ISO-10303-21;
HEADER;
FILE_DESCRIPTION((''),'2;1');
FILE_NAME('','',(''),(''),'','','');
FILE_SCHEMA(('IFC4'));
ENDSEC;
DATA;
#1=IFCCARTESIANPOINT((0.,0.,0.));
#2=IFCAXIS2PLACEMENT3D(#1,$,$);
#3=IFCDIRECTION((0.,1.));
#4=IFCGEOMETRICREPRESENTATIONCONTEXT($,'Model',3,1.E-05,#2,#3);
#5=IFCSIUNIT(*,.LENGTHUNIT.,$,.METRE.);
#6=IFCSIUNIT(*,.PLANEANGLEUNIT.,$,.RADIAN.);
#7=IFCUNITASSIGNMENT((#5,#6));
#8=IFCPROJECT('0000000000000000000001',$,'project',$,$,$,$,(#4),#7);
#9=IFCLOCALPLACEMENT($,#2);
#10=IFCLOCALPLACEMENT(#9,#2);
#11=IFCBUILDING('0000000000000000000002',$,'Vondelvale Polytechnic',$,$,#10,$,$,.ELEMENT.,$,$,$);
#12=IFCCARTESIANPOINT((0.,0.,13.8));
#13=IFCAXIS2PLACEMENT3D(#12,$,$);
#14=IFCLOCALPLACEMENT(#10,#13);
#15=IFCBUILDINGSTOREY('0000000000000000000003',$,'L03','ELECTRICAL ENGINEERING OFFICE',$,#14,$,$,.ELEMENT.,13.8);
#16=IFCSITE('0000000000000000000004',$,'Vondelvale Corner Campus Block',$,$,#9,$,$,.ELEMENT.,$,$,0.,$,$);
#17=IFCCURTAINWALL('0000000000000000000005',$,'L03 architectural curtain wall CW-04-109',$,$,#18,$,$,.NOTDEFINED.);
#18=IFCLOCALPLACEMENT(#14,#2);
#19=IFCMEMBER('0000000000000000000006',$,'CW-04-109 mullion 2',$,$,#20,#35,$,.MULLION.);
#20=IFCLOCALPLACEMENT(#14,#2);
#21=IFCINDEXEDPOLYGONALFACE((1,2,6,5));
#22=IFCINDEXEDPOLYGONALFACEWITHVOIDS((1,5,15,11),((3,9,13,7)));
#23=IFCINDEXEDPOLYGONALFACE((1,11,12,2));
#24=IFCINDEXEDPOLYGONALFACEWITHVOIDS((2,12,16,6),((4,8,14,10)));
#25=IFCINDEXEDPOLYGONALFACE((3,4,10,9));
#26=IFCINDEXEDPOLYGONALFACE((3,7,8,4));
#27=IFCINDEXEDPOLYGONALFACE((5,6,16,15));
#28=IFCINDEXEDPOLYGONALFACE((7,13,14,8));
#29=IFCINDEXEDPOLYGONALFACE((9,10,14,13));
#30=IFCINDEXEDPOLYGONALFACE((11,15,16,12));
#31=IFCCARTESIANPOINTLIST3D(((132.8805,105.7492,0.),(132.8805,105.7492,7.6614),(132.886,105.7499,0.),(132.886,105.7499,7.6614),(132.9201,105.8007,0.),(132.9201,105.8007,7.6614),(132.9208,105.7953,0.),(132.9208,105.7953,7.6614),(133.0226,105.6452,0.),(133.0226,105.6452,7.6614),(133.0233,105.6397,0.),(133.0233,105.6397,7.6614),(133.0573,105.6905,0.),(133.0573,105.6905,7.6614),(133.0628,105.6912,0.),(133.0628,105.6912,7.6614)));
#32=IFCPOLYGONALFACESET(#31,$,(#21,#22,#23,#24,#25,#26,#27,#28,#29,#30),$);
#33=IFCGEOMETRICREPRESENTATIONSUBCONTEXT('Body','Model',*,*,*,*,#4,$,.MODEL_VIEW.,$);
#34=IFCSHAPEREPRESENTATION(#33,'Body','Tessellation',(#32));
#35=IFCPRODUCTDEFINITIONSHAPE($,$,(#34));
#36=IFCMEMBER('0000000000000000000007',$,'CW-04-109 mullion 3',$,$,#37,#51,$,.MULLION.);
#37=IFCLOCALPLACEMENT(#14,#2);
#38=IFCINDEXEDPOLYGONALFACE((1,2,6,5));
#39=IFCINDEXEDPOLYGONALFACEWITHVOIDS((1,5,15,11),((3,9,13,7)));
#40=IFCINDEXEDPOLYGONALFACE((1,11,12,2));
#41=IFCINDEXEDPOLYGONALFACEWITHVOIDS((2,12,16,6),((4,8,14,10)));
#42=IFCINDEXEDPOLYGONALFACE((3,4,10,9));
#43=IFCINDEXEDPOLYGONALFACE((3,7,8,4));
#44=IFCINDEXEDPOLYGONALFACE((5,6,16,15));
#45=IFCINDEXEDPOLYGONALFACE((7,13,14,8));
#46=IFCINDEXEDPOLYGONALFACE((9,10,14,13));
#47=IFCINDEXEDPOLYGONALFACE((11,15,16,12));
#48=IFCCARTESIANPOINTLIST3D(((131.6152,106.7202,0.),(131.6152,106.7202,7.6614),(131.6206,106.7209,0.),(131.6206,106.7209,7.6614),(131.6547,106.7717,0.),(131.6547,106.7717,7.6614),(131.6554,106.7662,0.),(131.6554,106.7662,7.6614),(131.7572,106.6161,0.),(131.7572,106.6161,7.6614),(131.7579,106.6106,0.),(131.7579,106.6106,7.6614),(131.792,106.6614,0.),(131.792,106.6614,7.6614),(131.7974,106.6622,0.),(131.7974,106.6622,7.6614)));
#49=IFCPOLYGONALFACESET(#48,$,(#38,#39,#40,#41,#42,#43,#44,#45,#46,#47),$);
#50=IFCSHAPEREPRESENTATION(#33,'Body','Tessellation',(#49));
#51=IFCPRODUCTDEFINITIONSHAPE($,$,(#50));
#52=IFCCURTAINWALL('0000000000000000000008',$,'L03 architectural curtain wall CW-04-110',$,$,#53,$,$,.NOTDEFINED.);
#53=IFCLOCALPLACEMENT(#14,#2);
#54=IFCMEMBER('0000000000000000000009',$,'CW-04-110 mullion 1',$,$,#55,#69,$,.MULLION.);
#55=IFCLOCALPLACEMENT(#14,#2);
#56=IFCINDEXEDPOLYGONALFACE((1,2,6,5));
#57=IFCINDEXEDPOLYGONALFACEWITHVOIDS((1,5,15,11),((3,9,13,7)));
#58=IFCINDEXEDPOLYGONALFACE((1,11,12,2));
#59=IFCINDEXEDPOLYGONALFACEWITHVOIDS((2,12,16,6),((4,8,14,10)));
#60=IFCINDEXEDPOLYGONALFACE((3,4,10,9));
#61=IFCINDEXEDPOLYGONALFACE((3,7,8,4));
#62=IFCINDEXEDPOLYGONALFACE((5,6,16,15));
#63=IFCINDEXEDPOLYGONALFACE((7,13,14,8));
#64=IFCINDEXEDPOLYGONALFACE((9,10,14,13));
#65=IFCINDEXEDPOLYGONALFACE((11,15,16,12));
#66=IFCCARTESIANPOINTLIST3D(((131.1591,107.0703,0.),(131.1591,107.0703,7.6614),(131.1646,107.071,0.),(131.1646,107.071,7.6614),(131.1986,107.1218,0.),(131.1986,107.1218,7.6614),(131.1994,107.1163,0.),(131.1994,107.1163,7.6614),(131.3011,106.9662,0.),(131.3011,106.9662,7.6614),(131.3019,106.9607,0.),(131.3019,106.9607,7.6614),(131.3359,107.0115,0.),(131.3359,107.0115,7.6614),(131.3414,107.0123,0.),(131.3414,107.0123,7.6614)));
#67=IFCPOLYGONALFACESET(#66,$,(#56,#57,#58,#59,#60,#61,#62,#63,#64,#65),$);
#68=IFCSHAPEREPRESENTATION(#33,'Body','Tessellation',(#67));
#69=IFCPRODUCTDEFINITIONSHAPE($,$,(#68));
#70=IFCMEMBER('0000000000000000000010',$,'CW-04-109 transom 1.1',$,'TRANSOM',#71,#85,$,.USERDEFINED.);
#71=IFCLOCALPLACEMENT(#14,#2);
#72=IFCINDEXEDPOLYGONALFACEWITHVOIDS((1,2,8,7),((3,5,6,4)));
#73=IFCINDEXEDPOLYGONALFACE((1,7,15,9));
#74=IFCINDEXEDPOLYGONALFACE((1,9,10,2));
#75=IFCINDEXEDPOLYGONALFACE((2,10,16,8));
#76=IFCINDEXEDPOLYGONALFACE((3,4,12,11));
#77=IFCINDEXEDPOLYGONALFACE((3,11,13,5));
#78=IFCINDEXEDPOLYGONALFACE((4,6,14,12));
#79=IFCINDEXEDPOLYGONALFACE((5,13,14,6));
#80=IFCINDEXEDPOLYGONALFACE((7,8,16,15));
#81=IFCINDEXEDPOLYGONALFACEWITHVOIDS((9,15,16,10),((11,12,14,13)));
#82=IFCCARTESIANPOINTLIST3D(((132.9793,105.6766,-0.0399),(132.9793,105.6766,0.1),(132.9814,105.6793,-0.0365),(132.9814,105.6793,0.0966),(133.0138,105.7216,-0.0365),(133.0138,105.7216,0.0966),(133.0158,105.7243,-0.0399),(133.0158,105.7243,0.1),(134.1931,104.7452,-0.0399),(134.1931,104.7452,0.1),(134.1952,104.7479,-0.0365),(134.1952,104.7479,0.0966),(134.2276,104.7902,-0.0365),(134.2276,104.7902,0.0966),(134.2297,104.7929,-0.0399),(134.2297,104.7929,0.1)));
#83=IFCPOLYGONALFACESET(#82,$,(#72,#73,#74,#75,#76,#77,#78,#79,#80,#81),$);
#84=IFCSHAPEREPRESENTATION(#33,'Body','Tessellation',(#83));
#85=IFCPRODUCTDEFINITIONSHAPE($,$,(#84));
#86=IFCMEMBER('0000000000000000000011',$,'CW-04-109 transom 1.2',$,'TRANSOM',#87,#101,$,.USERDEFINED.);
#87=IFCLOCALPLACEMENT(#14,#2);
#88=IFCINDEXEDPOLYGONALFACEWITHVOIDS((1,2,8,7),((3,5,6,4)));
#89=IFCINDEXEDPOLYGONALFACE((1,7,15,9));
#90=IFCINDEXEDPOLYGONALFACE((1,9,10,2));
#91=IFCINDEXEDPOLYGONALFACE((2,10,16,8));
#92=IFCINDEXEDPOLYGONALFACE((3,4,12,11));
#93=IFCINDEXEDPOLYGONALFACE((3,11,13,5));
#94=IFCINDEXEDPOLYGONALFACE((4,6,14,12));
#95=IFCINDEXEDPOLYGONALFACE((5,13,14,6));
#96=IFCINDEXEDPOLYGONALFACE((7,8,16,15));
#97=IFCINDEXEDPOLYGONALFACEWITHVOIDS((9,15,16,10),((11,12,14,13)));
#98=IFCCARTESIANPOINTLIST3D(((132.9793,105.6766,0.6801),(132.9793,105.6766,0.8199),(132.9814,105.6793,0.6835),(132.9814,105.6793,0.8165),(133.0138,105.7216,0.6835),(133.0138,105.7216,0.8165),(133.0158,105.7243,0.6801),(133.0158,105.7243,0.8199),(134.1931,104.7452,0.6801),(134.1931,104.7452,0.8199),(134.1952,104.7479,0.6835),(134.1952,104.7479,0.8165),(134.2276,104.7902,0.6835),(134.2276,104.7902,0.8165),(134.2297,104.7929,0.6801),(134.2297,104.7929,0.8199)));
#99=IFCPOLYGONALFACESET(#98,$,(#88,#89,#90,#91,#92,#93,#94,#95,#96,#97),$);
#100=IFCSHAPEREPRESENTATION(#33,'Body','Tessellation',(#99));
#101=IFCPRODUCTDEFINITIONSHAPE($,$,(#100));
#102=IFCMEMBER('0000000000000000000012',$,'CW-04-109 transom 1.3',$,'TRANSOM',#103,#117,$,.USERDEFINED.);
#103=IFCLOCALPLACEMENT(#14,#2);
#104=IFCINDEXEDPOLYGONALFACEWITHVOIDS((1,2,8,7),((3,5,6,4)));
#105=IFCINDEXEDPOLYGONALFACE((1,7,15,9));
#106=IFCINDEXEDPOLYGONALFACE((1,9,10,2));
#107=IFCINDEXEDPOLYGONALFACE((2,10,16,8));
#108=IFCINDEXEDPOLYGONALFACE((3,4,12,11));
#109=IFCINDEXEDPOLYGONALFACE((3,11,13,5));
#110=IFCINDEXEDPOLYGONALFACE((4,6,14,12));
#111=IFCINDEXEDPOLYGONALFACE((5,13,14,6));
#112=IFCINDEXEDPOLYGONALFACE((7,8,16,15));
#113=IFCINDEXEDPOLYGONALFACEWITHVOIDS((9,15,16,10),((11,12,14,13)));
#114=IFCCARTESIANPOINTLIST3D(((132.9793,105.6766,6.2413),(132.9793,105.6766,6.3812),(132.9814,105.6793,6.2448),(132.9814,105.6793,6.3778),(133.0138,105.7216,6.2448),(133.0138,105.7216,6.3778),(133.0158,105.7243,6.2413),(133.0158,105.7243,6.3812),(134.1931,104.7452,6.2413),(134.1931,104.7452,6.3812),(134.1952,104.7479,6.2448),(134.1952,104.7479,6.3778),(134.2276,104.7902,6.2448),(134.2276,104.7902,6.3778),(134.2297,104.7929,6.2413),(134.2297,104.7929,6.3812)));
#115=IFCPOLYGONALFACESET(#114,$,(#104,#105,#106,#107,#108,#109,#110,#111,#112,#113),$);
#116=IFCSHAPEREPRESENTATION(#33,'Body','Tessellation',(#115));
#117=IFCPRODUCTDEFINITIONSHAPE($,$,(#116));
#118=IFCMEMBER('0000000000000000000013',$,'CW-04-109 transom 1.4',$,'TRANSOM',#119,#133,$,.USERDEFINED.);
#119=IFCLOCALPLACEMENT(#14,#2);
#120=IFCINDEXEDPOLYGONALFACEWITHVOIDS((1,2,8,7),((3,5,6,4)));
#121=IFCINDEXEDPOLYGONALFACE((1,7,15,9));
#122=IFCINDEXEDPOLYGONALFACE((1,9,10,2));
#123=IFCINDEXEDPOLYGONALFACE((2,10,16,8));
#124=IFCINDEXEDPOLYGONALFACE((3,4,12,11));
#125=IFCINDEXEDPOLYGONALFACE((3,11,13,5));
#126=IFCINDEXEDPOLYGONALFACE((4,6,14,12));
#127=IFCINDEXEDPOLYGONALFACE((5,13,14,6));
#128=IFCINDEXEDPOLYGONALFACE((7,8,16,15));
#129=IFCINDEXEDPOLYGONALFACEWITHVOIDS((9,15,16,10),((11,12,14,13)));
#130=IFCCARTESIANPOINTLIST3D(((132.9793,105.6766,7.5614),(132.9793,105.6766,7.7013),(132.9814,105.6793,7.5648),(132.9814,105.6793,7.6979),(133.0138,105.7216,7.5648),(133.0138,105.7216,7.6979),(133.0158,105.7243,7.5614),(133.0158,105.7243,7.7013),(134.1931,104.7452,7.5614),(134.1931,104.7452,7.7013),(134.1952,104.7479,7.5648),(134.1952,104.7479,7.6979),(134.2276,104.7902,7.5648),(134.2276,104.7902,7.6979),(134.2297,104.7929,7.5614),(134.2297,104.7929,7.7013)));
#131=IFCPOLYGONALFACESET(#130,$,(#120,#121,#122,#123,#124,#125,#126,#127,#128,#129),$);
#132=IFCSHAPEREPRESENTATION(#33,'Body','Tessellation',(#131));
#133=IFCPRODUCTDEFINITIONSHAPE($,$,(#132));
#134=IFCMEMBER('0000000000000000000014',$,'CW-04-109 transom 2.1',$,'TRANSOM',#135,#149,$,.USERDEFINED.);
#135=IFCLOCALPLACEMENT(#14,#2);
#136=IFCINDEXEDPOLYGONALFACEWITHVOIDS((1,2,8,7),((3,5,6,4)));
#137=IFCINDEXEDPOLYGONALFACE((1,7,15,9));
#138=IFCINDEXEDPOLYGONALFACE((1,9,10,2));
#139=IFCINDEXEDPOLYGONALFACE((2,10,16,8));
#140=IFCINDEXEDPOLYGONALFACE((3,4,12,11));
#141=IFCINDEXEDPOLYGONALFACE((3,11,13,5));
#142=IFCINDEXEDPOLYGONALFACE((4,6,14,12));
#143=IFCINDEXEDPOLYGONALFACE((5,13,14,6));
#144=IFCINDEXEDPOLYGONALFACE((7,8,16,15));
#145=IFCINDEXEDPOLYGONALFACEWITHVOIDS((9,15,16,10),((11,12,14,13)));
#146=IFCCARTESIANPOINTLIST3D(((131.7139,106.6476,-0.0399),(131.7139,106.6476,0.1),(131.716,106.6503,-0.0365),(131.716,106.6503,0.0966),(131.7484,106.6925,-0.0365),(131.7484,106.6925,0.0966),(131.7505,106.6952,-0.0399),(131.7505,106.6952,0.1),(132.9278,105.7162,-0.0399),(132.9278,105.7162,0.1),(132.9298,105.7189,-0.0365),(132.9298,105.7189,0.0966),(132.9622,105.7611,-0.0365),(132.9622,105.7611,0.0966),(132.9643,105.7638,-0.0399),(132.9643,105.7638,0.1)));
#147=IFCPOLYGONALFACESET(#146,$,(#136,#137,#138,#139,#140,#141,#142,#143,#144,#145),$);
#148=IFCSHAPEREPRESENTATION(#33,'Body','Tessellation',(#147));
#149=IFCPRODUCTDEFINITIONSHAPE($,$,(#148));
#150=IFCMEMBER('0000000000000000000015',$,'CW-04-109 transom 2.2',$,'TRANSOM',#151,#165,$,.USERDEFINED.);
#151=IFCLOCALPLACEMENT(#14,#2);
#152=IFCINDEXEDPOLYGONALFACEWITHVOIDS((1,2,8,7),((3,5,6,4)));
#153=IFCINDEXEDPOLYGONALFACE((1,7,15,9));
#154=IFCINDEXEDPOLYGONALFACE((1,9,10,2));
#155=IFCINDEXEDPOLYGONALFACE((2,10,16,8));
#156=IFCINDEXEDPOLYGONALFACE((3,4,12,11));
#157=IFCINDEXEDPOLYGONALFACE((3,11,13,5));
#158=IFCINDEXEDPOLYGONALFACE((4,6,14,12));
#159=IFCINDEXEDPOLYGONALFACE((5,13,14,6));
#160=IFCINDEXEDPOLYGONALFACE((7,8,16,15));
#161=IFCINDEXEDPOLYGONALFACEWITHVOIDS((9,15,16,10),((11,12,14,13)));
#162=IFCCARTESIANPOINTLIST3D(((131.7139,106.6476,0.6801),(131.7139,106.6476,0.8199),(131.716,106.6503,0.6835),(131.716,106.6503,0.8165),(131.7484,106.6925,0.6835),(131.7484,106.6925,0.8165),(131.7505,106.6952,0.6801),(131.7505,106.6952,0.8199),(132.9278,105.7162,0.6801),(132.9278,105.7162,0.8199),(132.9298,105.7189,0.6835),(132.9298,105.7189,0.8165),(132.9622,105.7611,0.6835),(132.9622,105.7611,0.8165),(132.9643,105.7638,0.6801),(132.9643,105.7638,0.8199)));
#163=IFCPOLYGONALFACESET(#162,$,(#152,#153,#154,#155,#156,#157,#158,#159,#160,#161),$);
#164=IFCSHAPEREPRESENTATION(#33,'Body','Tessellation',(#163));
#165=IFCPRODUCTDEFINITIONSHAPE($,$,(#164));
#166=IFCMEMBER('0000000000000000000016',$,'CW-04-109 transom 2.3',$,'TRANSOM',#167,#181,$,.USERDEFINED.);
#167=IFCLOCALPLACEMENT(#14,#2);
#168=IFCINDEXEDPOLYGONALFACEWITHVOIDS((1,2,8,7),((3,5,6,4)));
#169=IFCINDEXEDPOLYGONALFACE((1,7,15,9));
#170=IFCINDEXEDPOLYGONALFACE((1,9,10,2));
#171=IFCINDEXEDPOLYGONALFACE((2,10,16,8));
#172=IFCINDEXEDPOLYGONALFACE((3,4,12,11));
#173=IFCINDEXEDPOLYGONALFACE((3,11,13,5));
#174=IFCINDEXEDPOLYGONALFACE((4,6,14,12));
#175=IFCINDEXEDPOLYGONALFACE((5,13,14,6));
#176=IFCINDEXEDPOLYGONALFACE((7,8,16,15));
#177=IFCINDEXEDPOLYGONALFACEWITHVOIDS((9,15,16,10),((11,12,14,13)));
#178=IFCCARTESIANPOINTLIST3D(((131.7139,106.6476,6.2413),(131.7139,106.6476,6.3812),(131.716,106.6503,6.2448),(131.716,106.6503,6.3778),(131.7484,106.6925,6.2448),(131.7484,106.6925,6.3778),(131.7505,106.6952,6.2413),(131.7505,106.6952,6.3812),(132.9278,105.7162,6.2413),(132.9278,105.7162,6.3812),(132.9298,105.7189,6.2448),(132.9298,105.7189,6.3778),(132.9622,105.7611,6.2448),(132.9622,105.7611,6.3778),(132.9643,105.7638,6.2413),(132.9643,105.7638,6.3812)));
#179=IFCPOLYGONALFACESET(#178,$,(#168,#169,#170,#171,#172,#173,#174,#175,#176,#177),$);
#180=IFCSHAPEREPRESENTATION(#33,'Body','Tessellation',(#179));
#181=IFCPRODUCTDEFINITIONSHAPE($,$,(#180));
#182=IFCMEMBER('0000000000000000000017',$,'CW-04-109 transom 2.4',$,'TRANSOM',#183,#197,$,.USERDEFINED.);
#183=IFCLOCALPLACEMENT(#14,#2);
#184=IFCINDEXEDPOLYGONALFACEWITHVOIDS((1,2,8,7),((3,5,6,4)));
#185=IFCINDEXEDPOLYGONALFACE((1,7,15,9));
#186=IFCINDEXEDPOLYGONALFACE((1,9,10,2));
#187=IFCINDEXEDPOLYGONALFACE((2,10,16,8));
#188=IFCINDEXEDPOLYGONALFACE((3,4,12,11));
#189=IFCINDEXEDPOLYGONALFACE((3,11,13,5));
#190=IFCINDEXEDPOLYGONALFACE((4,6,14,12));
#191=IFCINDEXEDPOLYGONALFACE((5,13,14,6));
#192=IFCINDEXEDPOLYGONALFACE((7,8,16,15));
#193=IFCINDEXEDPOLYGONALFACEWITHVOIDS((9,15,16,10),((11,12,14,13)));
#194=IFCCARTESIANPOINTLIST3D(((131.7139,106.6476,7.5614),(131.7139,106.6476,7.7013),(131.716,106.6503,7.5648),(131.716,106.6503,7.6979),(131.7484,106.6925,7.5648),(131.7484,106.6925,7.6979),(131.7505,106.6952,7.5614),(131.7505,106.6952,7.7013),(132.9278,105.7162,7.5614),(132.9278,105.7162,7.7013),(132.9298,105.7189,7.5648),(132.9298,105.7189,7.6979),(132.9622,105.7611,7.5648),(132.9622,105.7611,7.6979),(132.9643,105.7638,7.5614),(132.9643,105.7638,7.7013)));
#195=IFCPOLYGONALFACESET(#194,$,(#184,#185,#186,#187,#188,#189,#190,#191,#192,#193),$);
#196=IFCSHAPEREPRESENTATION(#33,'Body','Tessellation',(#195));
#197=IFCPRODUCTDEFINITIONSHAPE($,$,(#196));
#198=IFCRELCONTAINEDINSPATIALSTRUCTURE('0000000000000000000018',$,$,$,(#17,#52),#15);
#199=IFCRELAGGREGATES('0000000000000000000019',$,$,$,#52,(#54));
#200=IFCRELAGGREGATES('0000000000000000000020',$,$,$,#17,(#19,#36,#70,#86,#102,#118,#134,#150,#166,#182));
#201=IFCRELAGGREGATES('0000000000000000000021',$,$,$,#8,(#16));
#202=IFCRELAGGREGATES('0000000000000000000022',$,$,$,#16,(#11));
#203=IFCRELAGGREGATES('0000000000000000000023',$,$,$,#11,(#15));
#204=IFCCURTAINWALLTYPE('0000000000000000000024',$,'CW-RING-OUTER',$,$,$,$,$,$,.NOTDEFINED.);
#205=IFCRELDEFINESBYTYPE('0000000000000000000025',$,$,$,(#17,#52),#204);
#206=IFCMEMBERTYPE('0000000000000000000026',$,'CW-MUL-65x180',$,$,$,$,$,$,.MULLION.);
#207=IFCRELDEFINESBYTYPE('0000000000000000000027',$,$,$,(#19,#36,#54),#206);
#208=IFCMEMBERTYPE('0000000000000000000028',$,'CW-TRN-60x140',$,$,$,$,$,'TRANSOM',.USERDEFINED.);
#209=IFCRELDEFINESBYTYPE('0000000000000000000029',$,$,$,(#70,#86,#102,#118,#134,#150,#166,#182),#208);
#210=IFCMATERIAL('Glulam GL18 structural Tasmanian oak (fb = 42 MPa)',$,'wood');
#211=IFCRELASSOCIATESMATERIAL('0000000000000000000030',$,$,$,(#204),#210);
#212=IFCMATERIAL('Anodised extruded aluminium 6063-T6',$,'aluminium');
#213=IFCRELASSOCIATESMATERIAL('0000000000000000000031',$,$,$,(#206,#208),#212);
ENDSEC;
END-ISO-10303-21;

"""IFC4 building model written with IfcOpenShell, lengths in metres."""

from ifc_helpers import new_model, si_unit, direction, frame, origin, origin_2d, place, context, subcontext, project, spatial, hollow_rectangle, extrude, material, material_profile, profile_set, type_object, element, aggregate, save


model = new_model("IFC4")

# Units and contexts
model_context = context("Model", 3, precision=1e-05, world=origin(), true_north=direction((0.0, 1.0)))
body_context = subcontext(model_context, "Body", "Model", "MODEL_VIEW")
ifc_project = project(units=[si_unit("LENGTHUNIT", "METRE"), si_unit("PLANEANGLEUNIT", "RADIAN")], contexts=[model_context])

# Site, building, storey
site_placement = place(None, origin())
site = spatial("IfcSite", under=ifc_project, at=site_placement, Name="Vondelvale Corner Campus Block", CompositionType="ELEMENT", RefElevation=0.0)
building_placement = place(site_placement, origin())
building = spatial("IfcBuilding", under=site, at=building_placement, Name="Vondelvale Polytechnic", CompositionType="ELEMENT")
storey_placement = place(building_placement, frame((0.0, 0.0, 13.8)))
storey = spatial("IfcBuildingStorey", under=building, at=storey_placement, Name="L03", Description="ELECTRICAL ENGINEERING OFFICE", CompositionType="ELEMENT", Elevation=13.8)

# Shared definitions
ifc_material_1 = material(Name="Glulam GL18 structural Tasmanian oak (fb = 42 MPa)", Category="wood")

# Curtain wall, members
curtain_wall_type = type_object("IfcCurtainWallType", Name="CW-RING-OUTER", PredefinedType="NOTDEFINED", material=ifc_material_1)
curtain_wall_1_placement = place(storey_placement, origin())
curtain_wall_1 = element("IfcCurtainWall", 1, at=curtain_wall_1_placement, inside=storey, type_object=curtain_wall_type, Name="L03 architectural curtain wall CW-04-109", PredefinedType="NOTDEFINED")
ifc_material_2 = material(Name="Anodised extruded aluminium 6063-T6", Category="aluminium")
ifc_material_profile_1 = material_profile(ifc_material_2, hollow_rectangle(XDim=0.0649, YDim=0.1799, WallThickness=0.0039, at=origin_2d()), Name="CW-MUL-180x65")
ifc_profile_set_1 = profile_set([ifc_material_profile_1], Name="Anodised extruded aluminium 6063-T6")
member_type_1 = type_object("IfcMemberType", Name="CW-MUL-65x180", PredefinedType="MULLION", material=ifc_profile_set_1)
member_1_placement = place(storey_placement, frame((132.9717, 105.7202, 0.0), z_axis=(0.0, 0.0, 1.0), x_axis=(-0.608787, -0.793334, 0.0)))
member_1 = element("IfcMember", 2, at=member_1_placement, type_object=member_type_1, Name="CW-04-109 mullion 2", PredefinedType="MULLION", context=body_context, shape_type="SweptSolid", body=[
    extrude(hollow_rectangle(XDim=0.0649, YDim=0.1799, WallThickness=0.0039, at=origin_2d()), origin(), (0.0, 0.0, 1.0), 7.6614),
])
member_2_placement = place(storey_placement, frame((131.7063, 106.6912, 0.0), z_axis=(0.0, 0.0, 1.0), x_axis=(-0.608787, -0.793334, 0.0)))
member_2 = element("IfcMember", 3, at=member_2_placement, type_object=member_type_1, Name="CW-04-109 mullion 3", PredefinedType="MULLION", context=body_context, shape_type="SweptSolid", body=[
    extrude(hollow_rectangle(XDim=0.0649, YDim=0.1799, WallThickness=0.0039, at=origin_2d()), origin(), (0.0, 0.0, 1.0), 7.6614),
])

# Curtain wall, member
curtain_wall_2_placement = place(storey_placement, origin())
curtain_wall_2 = element("IfcCurtainWall", 4, at=curtain_wall_2_placement, inside=storey, type_object=curtain_wall_type, Name="L03 architectural curtain wall CW-04-110", PredefinedType="NOTDEFINED")
member_3_placement = place(storey_placement, frame((131.2502, 107.0413, 0.0), z_axis=(0.0, 0.0, 1.0), x_axis=(-0.608771, -0.793346, 0.0)))
member_3 = element("IfcMember", 5, at=member_3_placement, type_object=member_type_1, Name="CW-04-110 mullion 1", PredefinedType="MULLION", context=body_context, shape_type="SweptSolid", body=[
    extrude(hollow_rectangle(XDim=0.0649, YDim=0.1799, WallThickness=0.0039, at=origin_2d()), origin(), (0.0, 0.0, 1.0), 7.6614),
])

# Members
ifc_material_profile_2 = material_profile(ifc_material_2, hollow_rectangle(XDim=0.0601, YDim=0.1399, WallThickness=0.0034, at=origin_2d()), Name="CW-TRN-140x60")
ifc_profile_set_2 = profile_set([ifc_material_profile_2], Name="Anodised extruded aluminium 6063-T6")
member_type_2 = type_object("IfcMemberType", Name="CW-TRN-60x140", ElementType="TRANSOM", PredefinedType="USERDEFINED", material=ifc_profile_set_2)
member_4_placement = place(storey_placement, frame((134.2114, 104.769, 0.03), z_axis=(-0.793365, 0.608746, 0.0), x_axis=(-0.608746, -0.793365, 0.0)))
member_4 = element("IfcMember", 6, at=member_4_placement, type_object=member_type_2, Name="CW-04-109 transom 1.1", ObjectType="TRANSOM", PredefinedType="USERDEFINED", context=body_context, shape_type="SweptSolid", body=[
    extrude(hollow_rectangle(XDim=0.0601, YDim=0.1399, WallThickness=0.0034, at=origin_2d()), origin(), (0.0, 0.0, 1.0), 1.53),
])
member_5_placement = place(storey_placement, frame((134.2114, 104.769, 0.75), z_axis=(-0.793365, 0.608746, 0.0), x_axis=(-0.608746, -0.793365, 0.0)))
member_5 = element("IfcMember", 7, at=member_5_placement, type_object=member_type_2, Name="CW-04-109 transom 1.2", ObjectType="TRANSOM", PredefinedType="USERDEFINED", context=body_context, shape_type="SweptSolid", body=[
    extrude(hollow_rectangle(XDim=0.0601, YDim=0.1399, WallThickness=0.0034, at=origin_2d()), origin(), (0.0, 0.0, 1.0), 1.53),
])
member_6_placement = place(storey_placement, frame((134.2114, 104.769, 6.3113), z_axis=(-0.793365, 0.608746, 0.0), x_axis=(-0.608746, -0.793365, 0.0)))
member_6 = element("IfcMember", 8, at=member_6_placement, type_object=member_type_2, Name="CW-04-109 transom 1.3", ObjectType="TRANSOM", PredefinedType="USERDEFINED", context=body_context, shape_type="SweptSolid", body=[
    extrude(hollow_rectangle(XDim=0.0601, YDim=0.1399, WallThickness=0.0034, at=origin_2d()), origin(), (0.0, 0.0, 1.0), 1.53),
])
member_7_placement = place(storey_placement, frame((134.2114, 104.769, 7.6313), z_axis=(-0.793365, 0.608746, 0.0), x_axis=(-0.608746, -0.793365, 0.0)))
member_7 = element("IfcMember", 9, at=member_7_placement, type_object=member_type_2, Name="CW-04-109 transom 1.4", ObjectType="TRANSOM", PredefinedType="USERDEFINED", context=body_context, shape_type="SweptSolid", body=[
    extrude(hollow_rectangle(XDim=0.0601, YDim=0.1399, WallThickness=0.0034, at=origin_2d()), origin(), (0.0, 0.0, 1.0), 1.53),
])
member_8_placement = place(storey_placement, frame((132.946, 105.74, 0.03), z_axis=(-0.793365, 0.608746, 0.0), x_axis=(-0.608746, -0.793365, 0.0)))
member_8 = element("IfcMember", 10, at=member_8_placement, type_object=member_type_2, Name="CW-04-109 transom 2.1", ObjectType="TRANSOM", PredefinedType="USERDEFINED", context=body_context, shape_type="SweptSolid", body=[
    extrude(hollow_rectangle(XDim=0.0601, YDim=0.1399, WallThickness=0.0034, at=origin_2d()), origin(), (0.0, 0.0, 1.0), 1.53),
])
member_9_placement = place(storey_placement, frame((132.946, 105.74, 0.75), z_axis=(-0.793365, 0.608746, 0.0), x_axis=(-0.608746, -0.793365, 0.0)))
member_9 = element("IfcMember", 11, at=member_9_placement, type_object=member_type_2, Name="CW-04-109 transom 2.2", ObjectType="TRANSOM", PredefinedType="USERDEFINED", context=body_context, shape_type="SweptSolid", body=[
    extrude(hollow_rectangle(XDim=0.0601, YDim=0.1399, WallThickness=0.0034, at=origin_2d()), origin(), (0.0, 0.0, 1.0), 1.53),
])
member_10_placement = place(storey_placement, frame((132.946, 105.74, 6.3113), z_axis=(-0.793365, 0.608746, 0.0), x_axis=(-0.608746, -0.793365, 0.0)))
member_10 = element("IfcMember", 12, at=member_10_placement, type_object=member_type_2, Name="CW-04-109 transom 2.3", ObjectType="TRANSOM", PredefinedType="USERDEFINED", context=body_context, shape_type="SweptSolid", body=[
    extrude(hollow_rectangle(XDim=0.0601, YDim=0.1399, WallThickness=0.0034, at=origin_2d()), origin(), (0.0, 0.0, 1.0), 1.53),
])
member_11_placement = place(storey_placement, frame((132.946, 105.74, 7.6313), z_axis=(-0.793365, 0.608746, 0.0), x_axis=(-0.608746, -0.793365, 0.0)))
member_11 = element("IfcMember", 13, at=member_11_placement, type_object=member_type_2, Name="CW-04-109 transom 2.4", ObjectType="TRANSOM", PredefinedType="USERDEFINED", context=body_context, shape_type="SweptSolid", body=[
    extrude(hollow_rectangle(XDim=0.0601, YDim=0.1399, WallThickness=0.0034, at=origin_2d()), origin(), (0.0, 0.0, 1.0), 1.53),
])

aggregate(curtain_wall_2, [member_3])
aggregate(curtain_wall_1, [member_1, member_2, member_4, member_5, member_6, member_7, member_8, member_9, member_10, member_11])

save(model, "model.ifc")
